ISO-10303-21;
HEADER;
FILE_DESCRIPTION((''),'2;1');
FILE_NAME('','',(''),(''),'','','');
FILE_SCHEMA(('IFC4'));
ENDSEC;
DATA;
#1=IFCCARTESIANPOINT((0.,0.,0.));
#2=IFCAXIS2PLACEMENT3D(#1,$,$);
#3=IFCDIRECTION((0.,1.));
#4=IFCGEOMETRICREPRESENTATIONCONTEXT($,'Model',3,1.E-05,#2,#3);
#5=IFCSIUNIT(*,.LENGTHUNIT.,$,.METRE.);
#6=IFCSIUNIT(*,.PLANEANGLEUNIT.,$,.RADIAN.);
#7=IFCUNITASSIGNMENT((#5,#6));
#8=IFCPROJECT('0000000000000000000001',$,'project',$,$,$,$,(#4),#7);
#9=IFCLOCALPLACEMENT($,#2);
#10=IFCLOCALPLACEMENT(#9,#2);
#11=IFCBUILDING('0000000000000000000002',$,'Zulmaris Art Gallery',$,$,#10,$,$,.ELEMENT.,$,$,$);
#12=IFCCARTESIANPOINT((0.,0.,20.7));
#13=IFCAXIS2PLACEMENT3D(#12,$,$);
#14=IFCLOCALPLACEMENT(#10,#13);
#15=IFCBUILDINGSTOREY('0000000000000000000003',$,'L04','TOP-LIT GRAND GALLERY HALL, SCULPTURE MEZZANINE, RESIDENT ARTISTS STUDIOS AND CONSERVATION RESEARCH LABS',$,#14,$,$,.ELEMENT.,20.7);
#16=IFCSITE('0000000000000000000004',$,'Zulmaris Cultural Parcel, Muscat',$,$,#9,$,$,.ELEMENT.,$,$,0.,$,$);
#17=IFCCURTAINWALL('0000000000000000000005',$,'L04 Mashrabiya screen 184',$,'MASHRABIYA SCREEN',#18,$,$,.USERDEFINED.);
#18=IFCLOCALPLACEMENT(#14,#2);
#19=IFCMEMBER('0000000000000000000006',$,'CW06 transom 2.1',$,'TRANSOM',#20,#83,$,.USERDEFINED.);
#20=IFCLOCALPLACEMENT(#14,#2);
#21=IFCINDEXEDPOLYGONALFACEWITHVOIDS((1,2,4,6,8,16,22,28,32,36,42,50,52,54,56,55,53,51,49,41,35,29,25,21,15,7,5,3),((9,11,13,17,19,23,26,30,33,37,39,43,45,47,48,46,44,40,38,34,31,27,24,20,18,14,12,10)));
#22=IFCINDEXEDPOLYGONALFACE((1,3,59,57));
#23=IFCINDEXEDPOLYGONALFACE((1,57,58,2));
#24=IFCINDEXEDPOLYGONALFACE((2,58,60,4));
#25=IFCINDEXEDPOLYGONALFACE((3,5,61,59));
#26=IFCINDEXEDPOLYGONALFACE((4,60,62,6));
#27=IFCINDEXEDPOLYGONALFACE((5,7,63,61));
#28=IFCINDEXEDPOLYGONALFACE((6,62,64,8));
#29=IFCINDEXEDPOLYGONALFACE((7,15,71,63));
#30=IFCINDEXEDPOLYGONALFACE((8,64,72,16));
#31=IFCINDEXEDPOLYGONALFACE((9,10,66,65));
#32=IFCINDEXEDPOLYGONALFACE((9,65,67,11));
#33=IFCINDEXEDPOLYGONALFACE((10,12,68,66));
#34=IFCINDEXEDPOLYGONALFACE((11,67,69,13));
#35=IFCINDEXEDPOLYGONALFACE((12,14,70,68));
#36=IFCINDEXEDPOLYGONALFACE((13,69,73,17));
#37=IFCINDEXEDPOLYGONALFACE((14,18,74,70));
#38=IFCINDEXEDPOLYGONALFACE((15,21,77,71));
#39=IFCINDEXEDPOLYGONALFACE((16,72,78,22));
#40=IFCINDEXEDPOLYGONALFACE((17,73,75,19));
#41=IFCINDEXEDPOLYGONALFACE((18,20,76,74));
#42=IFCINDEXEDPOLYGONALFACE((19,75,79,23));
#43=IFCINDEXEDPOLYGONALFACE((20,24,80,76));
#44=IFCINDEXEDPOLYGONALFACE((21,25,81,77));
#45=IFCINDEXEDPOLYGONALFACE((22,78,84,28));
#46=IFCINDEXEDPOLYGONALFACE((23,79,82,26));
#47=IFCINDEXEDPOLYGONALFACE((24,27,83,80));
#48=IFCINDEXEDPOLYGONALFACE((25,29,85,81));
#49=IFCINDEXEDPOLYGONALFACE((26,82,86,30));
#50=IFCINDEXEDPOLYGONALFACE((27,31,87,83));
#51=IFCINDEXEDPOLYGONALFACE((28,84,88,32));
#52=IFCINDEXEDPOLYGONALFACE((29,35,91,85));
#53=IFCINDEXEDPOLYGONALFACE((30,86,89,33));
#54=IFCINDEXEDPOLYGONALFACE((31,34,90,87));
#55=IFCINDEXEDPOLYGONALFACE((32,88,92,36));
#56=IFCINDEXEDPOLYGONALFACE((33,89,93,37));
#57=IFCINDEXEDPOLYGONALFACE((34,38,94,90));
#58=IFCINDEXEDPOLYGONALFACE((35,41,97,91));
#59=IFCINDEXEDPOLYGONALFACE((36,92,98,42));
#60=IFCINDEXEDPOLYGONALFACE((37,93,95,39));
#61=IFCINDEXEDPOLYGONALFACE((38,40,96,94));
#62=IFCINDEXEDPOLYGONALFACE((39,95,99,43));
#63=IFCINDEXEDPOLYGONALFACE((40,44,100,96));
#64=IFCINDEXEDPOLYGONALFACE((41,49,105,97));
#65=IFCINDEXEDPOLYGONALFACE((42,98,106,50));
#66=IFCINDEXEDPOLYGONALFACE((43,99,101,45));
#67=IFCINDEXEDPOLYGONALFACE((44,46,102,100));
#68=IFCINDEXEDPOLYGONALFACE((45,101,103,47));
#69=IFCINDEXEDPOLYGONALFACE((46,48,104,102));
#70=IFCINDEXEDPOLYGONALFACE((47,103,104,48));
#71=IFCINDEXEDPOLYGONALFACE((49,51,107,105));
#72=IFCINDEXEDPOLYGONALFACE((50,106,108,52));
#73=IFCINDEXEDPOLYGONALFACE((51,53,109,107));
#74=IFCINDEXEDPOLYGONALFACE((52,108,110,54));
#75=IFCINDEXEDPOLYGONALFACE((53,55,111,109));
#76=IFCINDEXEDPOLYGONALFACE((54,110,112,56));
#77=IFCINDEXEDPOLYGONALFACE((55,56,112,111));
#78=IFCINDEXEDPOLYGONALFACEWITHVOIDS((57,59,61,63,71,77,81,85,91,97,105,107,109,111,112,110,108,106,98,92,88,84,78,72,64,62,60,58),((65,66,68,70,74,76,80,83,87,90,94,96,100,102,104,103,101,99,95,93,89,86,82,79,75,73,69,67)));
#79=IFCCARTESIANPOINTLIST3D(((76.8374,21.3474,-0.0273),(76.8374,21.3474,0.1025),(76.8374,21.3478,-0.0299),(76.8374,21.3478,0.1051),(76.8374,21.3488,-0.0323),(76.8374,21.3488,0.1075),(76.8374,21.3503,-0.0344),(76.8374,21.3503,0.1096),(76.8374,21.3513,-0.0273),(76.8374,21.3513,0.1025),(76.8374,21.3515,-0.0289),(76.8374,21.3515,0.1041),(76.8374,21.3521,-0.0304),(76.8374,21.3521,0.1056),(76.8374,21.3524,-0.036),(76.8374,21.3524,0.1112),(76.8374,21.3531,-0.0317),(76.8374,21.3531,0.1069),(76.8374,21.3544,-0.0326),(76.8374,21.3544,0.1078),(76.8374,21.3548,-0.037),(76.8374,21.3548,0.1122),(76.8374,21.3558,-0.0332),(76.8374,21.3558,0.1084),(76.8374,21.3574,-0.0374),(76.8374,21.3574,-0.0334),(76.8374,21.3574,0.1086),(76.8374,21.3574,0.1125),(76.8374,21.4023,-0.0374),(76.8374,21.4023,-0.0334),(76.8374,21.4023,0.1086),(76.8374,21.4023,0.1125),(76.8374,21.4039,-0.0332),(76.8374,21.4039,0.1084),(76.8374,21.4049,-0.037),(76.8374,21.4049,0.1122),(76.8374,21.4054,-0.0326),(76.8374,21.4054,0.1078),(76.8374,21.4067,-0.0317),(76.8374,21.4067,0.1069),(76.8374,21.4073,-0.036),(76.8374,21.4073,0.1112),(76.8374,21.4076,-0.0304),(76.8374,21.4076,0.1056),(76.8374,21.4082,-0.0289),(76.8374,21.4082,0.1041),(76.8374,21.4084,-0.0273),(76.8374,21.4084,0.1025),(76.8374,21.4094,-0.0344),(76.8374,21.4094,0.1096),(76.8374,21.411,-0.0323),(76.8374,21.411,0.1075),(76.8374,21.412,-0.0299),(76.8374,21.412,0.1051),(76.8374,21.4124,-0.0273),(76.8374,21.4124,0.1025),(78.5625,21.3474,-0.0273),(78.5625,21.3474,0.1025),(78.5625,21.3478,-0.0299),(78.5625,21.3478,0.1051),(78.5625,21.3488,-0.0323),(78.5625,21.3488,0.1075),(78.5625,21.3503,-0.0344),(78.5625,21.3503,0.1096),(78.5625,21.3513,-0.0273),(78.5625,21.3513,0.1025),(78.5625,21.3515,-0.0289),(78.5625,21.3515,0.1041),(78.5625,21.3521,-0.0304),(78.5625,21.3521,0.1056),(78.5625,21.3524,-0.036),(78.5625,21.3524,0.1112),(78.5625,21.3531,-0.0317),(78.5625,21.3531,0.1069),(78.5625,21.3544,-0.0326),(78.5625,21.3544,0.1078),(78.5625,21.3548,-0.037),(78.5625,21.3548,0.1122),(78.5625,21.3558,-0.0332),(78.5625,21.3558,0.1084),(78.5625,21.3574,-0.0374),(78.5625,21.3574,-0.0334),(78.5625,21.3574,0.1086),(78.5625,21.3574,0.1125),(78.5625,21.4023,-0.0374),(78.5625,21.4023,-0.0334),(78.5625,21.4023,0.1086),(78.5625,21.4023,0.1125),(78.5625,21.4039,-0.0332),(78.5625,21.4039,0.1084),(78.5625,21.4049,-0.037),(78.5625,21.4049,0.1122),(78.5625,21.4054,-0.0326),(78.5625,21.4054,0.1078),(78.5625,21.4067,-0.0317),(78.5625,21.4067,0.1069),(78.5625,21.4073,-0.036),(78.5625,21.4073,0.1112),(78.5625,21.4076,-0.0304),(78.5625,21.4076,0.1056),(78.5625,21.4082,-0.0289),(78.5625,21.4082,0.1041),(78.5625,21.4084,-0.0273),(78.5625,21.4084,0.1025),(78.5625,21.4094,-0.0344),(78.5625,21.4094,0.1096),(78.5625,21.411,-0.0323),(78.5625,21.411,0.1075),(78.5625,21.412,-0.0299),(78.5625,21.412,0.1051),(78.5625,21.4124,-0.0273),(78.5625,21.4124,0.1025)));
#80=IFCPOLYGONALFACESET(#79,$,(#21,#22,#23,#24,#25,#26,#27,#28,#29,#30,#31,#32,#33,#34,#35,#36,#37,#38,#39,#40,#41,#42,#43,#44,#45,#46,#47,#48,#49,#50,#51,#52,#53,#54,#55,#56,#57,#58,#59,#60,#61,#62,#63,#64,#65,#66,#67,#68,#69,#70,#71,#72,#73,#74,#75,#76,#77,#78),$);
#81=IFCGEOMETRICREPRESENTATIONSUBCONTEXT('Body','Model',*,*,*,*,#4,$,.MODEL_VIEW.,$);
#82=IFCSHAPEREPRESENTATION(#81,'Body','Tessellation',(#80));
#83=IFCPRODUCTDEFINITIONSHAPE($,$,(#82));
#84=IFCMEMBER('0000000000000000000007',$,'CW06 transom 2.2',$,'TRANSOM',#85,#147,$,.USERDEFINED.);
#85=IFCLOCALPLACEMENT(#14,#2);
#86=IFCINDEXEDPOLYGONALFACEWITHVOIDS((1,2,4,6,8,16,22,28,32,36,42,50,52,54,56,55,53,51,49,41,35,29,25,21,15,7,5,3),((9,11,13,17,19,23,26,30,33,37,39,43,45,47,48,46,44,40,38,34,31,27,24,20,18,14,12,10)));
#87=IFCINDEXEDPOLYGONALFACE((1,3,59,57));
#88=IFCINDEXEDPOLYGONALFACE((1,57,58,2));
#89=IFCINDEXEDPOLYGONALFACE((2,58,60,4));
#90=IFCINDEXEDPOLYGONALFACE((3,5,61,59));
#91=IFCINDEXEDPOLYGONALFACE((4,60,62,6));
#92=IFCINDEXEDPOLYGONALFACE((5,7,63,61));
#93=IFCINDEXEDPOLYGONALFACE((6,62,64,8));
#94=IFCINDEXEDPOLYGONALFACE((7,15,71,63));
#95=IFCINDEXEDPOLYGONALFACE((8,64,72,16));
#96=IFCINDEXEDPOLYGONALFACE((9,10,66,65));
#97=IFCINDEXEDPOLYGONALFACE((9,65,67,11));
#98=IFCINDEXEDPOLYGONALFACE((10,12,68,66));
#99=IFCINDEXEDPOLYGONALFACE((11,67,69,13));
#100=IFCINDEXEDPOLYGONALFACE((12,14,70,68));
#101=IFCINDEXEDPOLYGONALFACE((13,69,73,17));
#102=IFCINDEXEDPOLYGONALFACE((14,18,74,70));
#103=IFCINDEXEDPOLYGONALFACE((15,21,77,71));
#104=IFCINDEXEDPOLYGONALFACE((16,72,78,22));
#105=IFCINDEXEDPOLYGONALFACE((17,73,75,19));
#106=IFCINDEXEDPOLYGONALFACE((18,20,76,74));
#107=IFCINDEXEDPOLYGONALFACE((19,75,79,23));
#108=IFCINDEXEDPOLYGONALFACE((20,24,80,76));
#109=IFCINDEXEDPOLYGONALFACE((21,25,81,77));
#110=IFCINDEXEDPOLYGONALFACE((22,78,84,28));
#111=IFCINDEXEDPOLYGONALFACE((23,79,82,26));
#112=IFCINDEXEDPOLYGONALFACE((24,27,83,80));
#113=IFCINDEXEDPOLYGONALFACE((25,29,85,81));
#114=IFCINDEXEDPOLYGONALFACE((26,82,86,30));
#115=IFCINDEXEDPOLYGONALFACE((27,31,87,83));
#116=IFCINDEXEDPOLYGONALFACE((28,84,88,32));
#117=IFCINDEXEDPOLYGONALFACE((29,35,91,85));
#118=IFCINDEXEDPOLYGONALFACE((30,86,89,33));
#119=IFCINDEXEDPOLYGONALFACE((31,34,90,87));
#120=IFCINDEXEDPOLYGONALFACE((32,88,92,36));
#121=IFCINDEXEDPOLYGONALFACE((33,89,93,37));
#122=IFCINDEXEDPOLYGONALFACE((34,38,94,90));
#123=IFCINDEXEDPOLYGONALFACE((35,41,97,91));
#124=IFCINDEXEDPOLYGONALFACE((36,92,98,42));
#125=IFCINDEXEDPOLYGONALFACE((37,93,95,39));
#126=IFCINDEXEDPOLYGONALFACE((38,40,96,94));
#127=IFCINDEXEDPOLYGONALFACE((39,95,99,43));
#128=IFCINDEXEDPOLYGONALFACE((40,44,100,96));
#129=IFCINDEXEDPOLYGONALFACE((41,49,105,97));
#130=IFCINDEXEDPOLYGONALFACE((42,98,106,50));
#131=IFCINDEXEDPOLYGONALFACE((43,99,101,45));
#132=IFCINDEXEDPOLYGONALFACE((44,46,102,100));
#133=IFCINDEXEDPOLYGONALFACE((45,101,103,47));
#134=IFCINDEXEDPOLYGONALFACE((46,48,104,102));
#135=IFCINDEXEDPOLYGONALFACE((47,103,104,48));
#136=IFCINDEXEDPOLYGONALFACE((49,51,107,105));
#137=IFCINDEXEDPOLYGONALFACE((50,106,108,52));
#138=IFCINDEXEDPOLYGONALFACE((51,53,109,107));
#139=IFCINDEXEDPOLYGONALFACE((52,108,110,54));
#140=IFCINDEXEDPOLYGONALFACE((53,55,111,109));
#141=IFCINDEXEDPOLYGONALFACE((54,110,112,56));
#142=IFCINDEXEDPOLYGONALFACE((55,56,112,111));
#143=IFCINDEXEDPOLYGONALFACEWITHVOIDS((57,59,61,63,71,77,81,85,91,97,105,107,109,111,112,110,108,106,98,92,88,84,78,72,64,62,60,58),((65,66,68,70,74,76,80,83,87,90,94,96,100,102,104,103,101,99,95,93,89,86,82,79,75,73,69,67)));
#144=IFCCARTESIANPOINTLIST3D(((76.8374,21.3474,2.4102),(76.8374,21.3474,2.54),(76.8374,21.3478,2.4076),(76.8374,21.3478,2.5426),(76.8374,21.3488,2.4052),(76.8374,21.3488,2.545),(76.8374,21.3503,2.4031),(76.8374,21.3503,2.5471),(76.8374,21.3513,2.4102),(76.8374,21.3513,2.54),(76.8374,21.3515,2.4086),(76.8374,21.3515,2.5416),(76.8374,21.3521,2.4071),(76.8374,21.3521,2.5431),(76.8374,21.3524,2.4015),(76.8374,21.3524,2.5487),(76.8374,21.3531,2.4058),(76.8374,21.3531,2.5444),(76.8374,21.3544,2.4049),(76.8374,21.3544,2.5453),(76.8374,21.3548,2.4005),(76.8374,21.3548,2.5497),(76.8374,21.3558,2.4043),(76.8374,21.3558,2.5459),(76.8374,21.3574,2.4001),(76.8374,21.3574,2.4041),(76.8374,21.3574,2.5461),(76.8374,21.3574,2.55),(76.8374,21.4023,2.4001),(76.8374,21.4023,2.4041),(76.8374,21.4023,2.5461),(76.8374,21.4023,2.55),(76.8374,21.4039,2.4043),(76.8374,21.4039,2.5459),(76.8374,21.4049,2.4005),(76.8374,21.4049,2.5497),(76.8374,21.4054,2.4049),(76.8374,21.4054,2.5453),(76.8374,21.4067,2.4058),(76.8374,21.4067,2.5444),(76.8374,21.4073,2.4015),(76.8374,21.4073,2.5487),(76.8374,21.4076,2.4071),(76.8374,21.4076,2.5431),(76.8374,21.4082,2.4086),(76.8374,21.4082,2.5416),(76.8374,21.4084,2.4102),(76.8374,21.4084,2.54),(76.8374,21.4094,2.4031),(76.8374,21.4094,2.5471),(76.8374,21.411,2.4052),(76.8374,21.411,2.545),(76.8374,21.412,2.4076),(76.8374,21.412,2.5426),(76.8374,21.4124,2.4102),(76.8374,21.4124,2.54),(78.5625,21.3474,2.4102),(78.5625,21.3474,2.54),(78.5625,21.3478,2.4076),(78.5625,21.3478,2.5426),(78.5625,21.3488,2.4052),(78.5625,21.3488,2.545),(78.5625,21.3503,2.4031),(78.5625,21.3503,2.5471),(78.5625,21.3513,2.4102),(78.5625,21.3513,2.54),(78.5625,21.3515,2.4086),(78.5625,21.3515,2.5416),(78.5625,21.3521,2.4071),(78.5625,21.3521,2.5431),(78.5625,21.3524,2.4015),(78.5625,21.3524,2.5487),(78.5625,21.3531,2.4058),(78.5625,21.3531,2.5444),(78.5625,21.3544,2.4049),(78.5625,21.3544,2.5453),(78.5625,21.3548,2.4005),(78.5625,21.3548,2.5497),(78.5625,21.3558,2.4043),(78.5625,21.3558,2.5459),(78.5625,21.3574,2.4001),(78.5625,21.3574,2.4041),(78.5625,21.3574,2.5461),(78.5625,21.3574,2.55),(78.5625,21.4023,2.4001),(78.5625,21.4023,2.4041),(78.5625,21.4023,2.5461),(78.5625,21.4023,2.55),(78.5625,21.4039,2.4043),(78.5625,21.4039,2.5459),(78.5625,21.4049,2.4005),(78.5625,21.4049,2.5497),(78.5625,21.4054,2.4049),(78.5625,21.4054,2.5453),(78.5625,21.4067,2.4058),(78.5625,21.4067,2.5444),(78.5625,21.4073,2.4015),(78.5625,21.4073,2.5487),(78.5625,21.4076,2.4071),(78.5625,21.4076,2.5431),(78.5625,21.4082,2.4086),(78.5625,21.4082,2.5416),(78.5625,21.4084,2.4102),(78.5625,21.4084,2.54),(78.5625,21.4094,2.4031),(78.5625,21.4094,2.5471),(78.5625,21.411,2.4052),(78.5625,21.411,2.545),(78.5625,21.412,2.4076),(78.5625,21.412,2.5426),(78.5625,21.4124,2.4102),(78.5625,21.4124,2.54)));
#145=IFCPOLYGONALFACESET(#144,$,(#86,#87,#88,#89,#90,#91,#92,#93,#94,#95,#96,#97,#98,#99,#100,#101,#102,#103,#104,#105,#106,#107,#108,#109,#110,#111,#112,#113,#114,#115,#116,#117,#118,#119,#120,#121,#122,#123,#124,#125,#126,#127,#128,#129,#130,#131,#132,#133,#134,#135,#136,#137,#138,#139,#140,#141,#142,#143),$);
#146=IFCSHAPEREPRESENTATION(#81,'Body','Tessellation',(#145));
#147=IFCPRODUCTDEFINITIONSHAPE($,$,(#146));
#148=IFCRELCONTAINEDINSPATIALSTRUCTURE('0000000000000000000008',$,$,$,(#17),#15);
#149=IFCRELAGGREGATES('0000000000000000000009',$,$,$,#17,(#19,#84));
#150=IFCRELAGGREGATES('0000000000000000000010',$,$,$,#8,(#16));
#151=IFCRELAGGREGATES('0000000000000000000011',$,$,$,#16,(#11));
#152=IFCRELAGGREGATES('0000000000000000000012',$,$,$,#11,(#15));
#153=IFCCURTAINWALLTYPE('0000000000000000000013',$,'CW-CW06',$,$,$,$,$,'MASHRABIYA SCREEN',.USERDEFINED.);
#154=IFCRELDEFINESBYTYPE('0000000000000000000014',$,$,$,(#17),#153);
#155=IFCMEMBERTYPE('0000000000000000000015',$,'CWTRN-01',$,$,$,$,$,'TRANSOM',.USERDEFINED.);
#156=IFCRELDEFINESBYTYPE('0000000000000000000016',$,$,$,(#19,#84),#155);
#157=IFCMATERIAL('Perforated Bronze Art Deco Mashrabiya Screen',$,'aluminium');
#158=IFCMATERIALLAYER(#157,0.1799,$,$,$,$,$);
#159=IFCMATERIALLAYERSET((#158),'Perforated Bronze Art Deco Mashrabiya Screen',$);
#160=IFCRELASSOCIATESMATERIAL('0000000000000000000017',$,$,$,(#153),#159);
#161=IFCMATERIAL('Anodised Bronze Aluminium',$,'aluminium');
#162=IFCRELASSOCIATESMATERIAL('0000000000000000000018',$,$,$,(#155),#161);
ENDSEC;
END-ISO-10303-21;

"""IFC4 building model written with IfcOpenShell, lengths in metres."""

from ifc_helpers import new_model, si_unit, direction, frame, origin, origin_2d, place, context, subcontext, project, spatial, hollow_rectangle, extrude, material, layer, layer_set, material_profile, profile_set, type_object, element, aggregate, save


model = new_model("IFC4")

# Units and contexts
model_context = context("Model", 3, precision=1e-05, world=origin(), true_north=direction((0.0, 1.0)))
body_context = subcontext(model_context, "Body", "Model", "MODEL_VIEW")
ifc_project = project(units=[si_unit("LENGTHUNIT", "METRE"), si_unit("PLANEANGLEUNIT", "RADIAN")], contexts=[model_context])

# Site, building, storey
site_placement = place(None, origin())
site = spatial("IfcSite", under=ifc_project, at=site_placement, Name="Zulmaris Cultural Parcel, Muscat", CompositionType="ELEMENT", RefElevation=0.0)
building_placement = place(site_placement, origin())
building = spatial("IfcBuilding", under=site, at=building_placement, Name="Zulmaris Art Gallery", CompositionType="ELEMENT")
storey_placement = place(building_placement, frame((0.0, 0.0, 20.7)))
storey = spatial("IfcBuildingStorey", under=building, at=storey_placement, Name="L04", Description="TOP-LIT GRAND GALLERY HALL, SCULPTURE MEZZANINE, RESIDENT ARTISTS STUDIOS AND CONSERVATION RESEARCH LABS", CompositionType="ELEMENT", Elevation=20.7)

# Shared definitions
ifc_material_1 = material(Name="Anodised Bronze Aluminium", Category="aluminium")

# Curtain wall
ifc_material_2 = material(Name="Perforated Bronze Art Deco Mashrabiya Screen", Category="aluminium")
ifc_layer_1 = layer(ifc_material_2, 0.1799)
ifc_layer_set_1 = layer_set([ifc_layer_1], Name="Perforated Bronze Art Deco Mashrabiya Screen")
curtain_wall_type_1 = type_object("IfcCurtainWallType", Name="CW-CW06", ElementType="MASHRABIYA SCREEN", PredefinedType="USERDEFINED", material=ifc_layer_set_1)
curtain_wall_1_placement = place(storey_placement, origin())
curtain_wall_1 = element("IfcCurtainWall", 1, at=curtain_wall_1_placement, inside=storey, type_object=curtain_wall_type_1, Name="L04 Mashrabiya screen 184", ObjectType="MASHRABIYA SCREEN", PredefinedType="USERDEFINED")

# Members
ifc_material_profile_1 = material_profile(ifc_material_1, hollow_rectangle(XDim=0.0649, YDim=0.1499, WallThickness=0.0039, InnerFilletRadius=0.0061, OuterFilletRadius=0.01, at=origin_2d()), Name="ALU 65x150x4")
ifc_profile_set_1 = profile_set([ifc_material_profile_1], Name="Anodised Bronze Aluminium")
member_type_1 = type_object("IfcMemberType", Name="CWTRN-01", ElementType="TRANSOM", PredefinedType="USERDEFINED", material=ifc_profile_set_1)
member_1_placement = place(storey_placement, frame((76.8374, 21.3799, 0.0376), z_axis=(1.0, 0.0, 0.0), x_axis=(0.0, 1.0, 0.0)))
member_1 = element("IfcMember", 2, at=member_1_placement, type_object=member_type_1, Name="CW06 transom 2.1", ObjectType="TRANSOM", PredefinedType="USERDEFINED", context=body_context, shape_type="SweptSolid", body=[
    extrude(hollow_rectangle(XDim=0.0649, YDim=0.1499, WallThickness=0.0039, InnerFilletRadius=0.0061, OuterFilletRadius=0.01, at=origin_2d()), origin(), (0.0, 0.0, 1.0), 1.7251),
])
member_2_placement = place(storey_placement, frame((76.8374, 21.3799, 2.4751), z_axis=(1.0, 0.0, 0.0), x_axis=(0.0, 1.0, 0.0)))
member_2 = element("IfcMember", 3, at=member_2_placement, type_object=member_type_1, Name="CW06 transom 2.2", ObjectType="TRANSOM", PredefinedType="USERDEFINED", context=body_context, shape_type="SweptSolid", body=[
    extrude(hollow_rectangle(XDim=0.0649, YDim=0.1499, WallThickness=0.0039, InnerFilletRadius=0.0061, OuterFilletRadius=0.01, at=origin_2d()), origin(), (0.0, 0.0, 1.0), 1.7251),
])

aggregate(curtain_wall_1, [member_1, member_2])

save(model, "model.ifc")
